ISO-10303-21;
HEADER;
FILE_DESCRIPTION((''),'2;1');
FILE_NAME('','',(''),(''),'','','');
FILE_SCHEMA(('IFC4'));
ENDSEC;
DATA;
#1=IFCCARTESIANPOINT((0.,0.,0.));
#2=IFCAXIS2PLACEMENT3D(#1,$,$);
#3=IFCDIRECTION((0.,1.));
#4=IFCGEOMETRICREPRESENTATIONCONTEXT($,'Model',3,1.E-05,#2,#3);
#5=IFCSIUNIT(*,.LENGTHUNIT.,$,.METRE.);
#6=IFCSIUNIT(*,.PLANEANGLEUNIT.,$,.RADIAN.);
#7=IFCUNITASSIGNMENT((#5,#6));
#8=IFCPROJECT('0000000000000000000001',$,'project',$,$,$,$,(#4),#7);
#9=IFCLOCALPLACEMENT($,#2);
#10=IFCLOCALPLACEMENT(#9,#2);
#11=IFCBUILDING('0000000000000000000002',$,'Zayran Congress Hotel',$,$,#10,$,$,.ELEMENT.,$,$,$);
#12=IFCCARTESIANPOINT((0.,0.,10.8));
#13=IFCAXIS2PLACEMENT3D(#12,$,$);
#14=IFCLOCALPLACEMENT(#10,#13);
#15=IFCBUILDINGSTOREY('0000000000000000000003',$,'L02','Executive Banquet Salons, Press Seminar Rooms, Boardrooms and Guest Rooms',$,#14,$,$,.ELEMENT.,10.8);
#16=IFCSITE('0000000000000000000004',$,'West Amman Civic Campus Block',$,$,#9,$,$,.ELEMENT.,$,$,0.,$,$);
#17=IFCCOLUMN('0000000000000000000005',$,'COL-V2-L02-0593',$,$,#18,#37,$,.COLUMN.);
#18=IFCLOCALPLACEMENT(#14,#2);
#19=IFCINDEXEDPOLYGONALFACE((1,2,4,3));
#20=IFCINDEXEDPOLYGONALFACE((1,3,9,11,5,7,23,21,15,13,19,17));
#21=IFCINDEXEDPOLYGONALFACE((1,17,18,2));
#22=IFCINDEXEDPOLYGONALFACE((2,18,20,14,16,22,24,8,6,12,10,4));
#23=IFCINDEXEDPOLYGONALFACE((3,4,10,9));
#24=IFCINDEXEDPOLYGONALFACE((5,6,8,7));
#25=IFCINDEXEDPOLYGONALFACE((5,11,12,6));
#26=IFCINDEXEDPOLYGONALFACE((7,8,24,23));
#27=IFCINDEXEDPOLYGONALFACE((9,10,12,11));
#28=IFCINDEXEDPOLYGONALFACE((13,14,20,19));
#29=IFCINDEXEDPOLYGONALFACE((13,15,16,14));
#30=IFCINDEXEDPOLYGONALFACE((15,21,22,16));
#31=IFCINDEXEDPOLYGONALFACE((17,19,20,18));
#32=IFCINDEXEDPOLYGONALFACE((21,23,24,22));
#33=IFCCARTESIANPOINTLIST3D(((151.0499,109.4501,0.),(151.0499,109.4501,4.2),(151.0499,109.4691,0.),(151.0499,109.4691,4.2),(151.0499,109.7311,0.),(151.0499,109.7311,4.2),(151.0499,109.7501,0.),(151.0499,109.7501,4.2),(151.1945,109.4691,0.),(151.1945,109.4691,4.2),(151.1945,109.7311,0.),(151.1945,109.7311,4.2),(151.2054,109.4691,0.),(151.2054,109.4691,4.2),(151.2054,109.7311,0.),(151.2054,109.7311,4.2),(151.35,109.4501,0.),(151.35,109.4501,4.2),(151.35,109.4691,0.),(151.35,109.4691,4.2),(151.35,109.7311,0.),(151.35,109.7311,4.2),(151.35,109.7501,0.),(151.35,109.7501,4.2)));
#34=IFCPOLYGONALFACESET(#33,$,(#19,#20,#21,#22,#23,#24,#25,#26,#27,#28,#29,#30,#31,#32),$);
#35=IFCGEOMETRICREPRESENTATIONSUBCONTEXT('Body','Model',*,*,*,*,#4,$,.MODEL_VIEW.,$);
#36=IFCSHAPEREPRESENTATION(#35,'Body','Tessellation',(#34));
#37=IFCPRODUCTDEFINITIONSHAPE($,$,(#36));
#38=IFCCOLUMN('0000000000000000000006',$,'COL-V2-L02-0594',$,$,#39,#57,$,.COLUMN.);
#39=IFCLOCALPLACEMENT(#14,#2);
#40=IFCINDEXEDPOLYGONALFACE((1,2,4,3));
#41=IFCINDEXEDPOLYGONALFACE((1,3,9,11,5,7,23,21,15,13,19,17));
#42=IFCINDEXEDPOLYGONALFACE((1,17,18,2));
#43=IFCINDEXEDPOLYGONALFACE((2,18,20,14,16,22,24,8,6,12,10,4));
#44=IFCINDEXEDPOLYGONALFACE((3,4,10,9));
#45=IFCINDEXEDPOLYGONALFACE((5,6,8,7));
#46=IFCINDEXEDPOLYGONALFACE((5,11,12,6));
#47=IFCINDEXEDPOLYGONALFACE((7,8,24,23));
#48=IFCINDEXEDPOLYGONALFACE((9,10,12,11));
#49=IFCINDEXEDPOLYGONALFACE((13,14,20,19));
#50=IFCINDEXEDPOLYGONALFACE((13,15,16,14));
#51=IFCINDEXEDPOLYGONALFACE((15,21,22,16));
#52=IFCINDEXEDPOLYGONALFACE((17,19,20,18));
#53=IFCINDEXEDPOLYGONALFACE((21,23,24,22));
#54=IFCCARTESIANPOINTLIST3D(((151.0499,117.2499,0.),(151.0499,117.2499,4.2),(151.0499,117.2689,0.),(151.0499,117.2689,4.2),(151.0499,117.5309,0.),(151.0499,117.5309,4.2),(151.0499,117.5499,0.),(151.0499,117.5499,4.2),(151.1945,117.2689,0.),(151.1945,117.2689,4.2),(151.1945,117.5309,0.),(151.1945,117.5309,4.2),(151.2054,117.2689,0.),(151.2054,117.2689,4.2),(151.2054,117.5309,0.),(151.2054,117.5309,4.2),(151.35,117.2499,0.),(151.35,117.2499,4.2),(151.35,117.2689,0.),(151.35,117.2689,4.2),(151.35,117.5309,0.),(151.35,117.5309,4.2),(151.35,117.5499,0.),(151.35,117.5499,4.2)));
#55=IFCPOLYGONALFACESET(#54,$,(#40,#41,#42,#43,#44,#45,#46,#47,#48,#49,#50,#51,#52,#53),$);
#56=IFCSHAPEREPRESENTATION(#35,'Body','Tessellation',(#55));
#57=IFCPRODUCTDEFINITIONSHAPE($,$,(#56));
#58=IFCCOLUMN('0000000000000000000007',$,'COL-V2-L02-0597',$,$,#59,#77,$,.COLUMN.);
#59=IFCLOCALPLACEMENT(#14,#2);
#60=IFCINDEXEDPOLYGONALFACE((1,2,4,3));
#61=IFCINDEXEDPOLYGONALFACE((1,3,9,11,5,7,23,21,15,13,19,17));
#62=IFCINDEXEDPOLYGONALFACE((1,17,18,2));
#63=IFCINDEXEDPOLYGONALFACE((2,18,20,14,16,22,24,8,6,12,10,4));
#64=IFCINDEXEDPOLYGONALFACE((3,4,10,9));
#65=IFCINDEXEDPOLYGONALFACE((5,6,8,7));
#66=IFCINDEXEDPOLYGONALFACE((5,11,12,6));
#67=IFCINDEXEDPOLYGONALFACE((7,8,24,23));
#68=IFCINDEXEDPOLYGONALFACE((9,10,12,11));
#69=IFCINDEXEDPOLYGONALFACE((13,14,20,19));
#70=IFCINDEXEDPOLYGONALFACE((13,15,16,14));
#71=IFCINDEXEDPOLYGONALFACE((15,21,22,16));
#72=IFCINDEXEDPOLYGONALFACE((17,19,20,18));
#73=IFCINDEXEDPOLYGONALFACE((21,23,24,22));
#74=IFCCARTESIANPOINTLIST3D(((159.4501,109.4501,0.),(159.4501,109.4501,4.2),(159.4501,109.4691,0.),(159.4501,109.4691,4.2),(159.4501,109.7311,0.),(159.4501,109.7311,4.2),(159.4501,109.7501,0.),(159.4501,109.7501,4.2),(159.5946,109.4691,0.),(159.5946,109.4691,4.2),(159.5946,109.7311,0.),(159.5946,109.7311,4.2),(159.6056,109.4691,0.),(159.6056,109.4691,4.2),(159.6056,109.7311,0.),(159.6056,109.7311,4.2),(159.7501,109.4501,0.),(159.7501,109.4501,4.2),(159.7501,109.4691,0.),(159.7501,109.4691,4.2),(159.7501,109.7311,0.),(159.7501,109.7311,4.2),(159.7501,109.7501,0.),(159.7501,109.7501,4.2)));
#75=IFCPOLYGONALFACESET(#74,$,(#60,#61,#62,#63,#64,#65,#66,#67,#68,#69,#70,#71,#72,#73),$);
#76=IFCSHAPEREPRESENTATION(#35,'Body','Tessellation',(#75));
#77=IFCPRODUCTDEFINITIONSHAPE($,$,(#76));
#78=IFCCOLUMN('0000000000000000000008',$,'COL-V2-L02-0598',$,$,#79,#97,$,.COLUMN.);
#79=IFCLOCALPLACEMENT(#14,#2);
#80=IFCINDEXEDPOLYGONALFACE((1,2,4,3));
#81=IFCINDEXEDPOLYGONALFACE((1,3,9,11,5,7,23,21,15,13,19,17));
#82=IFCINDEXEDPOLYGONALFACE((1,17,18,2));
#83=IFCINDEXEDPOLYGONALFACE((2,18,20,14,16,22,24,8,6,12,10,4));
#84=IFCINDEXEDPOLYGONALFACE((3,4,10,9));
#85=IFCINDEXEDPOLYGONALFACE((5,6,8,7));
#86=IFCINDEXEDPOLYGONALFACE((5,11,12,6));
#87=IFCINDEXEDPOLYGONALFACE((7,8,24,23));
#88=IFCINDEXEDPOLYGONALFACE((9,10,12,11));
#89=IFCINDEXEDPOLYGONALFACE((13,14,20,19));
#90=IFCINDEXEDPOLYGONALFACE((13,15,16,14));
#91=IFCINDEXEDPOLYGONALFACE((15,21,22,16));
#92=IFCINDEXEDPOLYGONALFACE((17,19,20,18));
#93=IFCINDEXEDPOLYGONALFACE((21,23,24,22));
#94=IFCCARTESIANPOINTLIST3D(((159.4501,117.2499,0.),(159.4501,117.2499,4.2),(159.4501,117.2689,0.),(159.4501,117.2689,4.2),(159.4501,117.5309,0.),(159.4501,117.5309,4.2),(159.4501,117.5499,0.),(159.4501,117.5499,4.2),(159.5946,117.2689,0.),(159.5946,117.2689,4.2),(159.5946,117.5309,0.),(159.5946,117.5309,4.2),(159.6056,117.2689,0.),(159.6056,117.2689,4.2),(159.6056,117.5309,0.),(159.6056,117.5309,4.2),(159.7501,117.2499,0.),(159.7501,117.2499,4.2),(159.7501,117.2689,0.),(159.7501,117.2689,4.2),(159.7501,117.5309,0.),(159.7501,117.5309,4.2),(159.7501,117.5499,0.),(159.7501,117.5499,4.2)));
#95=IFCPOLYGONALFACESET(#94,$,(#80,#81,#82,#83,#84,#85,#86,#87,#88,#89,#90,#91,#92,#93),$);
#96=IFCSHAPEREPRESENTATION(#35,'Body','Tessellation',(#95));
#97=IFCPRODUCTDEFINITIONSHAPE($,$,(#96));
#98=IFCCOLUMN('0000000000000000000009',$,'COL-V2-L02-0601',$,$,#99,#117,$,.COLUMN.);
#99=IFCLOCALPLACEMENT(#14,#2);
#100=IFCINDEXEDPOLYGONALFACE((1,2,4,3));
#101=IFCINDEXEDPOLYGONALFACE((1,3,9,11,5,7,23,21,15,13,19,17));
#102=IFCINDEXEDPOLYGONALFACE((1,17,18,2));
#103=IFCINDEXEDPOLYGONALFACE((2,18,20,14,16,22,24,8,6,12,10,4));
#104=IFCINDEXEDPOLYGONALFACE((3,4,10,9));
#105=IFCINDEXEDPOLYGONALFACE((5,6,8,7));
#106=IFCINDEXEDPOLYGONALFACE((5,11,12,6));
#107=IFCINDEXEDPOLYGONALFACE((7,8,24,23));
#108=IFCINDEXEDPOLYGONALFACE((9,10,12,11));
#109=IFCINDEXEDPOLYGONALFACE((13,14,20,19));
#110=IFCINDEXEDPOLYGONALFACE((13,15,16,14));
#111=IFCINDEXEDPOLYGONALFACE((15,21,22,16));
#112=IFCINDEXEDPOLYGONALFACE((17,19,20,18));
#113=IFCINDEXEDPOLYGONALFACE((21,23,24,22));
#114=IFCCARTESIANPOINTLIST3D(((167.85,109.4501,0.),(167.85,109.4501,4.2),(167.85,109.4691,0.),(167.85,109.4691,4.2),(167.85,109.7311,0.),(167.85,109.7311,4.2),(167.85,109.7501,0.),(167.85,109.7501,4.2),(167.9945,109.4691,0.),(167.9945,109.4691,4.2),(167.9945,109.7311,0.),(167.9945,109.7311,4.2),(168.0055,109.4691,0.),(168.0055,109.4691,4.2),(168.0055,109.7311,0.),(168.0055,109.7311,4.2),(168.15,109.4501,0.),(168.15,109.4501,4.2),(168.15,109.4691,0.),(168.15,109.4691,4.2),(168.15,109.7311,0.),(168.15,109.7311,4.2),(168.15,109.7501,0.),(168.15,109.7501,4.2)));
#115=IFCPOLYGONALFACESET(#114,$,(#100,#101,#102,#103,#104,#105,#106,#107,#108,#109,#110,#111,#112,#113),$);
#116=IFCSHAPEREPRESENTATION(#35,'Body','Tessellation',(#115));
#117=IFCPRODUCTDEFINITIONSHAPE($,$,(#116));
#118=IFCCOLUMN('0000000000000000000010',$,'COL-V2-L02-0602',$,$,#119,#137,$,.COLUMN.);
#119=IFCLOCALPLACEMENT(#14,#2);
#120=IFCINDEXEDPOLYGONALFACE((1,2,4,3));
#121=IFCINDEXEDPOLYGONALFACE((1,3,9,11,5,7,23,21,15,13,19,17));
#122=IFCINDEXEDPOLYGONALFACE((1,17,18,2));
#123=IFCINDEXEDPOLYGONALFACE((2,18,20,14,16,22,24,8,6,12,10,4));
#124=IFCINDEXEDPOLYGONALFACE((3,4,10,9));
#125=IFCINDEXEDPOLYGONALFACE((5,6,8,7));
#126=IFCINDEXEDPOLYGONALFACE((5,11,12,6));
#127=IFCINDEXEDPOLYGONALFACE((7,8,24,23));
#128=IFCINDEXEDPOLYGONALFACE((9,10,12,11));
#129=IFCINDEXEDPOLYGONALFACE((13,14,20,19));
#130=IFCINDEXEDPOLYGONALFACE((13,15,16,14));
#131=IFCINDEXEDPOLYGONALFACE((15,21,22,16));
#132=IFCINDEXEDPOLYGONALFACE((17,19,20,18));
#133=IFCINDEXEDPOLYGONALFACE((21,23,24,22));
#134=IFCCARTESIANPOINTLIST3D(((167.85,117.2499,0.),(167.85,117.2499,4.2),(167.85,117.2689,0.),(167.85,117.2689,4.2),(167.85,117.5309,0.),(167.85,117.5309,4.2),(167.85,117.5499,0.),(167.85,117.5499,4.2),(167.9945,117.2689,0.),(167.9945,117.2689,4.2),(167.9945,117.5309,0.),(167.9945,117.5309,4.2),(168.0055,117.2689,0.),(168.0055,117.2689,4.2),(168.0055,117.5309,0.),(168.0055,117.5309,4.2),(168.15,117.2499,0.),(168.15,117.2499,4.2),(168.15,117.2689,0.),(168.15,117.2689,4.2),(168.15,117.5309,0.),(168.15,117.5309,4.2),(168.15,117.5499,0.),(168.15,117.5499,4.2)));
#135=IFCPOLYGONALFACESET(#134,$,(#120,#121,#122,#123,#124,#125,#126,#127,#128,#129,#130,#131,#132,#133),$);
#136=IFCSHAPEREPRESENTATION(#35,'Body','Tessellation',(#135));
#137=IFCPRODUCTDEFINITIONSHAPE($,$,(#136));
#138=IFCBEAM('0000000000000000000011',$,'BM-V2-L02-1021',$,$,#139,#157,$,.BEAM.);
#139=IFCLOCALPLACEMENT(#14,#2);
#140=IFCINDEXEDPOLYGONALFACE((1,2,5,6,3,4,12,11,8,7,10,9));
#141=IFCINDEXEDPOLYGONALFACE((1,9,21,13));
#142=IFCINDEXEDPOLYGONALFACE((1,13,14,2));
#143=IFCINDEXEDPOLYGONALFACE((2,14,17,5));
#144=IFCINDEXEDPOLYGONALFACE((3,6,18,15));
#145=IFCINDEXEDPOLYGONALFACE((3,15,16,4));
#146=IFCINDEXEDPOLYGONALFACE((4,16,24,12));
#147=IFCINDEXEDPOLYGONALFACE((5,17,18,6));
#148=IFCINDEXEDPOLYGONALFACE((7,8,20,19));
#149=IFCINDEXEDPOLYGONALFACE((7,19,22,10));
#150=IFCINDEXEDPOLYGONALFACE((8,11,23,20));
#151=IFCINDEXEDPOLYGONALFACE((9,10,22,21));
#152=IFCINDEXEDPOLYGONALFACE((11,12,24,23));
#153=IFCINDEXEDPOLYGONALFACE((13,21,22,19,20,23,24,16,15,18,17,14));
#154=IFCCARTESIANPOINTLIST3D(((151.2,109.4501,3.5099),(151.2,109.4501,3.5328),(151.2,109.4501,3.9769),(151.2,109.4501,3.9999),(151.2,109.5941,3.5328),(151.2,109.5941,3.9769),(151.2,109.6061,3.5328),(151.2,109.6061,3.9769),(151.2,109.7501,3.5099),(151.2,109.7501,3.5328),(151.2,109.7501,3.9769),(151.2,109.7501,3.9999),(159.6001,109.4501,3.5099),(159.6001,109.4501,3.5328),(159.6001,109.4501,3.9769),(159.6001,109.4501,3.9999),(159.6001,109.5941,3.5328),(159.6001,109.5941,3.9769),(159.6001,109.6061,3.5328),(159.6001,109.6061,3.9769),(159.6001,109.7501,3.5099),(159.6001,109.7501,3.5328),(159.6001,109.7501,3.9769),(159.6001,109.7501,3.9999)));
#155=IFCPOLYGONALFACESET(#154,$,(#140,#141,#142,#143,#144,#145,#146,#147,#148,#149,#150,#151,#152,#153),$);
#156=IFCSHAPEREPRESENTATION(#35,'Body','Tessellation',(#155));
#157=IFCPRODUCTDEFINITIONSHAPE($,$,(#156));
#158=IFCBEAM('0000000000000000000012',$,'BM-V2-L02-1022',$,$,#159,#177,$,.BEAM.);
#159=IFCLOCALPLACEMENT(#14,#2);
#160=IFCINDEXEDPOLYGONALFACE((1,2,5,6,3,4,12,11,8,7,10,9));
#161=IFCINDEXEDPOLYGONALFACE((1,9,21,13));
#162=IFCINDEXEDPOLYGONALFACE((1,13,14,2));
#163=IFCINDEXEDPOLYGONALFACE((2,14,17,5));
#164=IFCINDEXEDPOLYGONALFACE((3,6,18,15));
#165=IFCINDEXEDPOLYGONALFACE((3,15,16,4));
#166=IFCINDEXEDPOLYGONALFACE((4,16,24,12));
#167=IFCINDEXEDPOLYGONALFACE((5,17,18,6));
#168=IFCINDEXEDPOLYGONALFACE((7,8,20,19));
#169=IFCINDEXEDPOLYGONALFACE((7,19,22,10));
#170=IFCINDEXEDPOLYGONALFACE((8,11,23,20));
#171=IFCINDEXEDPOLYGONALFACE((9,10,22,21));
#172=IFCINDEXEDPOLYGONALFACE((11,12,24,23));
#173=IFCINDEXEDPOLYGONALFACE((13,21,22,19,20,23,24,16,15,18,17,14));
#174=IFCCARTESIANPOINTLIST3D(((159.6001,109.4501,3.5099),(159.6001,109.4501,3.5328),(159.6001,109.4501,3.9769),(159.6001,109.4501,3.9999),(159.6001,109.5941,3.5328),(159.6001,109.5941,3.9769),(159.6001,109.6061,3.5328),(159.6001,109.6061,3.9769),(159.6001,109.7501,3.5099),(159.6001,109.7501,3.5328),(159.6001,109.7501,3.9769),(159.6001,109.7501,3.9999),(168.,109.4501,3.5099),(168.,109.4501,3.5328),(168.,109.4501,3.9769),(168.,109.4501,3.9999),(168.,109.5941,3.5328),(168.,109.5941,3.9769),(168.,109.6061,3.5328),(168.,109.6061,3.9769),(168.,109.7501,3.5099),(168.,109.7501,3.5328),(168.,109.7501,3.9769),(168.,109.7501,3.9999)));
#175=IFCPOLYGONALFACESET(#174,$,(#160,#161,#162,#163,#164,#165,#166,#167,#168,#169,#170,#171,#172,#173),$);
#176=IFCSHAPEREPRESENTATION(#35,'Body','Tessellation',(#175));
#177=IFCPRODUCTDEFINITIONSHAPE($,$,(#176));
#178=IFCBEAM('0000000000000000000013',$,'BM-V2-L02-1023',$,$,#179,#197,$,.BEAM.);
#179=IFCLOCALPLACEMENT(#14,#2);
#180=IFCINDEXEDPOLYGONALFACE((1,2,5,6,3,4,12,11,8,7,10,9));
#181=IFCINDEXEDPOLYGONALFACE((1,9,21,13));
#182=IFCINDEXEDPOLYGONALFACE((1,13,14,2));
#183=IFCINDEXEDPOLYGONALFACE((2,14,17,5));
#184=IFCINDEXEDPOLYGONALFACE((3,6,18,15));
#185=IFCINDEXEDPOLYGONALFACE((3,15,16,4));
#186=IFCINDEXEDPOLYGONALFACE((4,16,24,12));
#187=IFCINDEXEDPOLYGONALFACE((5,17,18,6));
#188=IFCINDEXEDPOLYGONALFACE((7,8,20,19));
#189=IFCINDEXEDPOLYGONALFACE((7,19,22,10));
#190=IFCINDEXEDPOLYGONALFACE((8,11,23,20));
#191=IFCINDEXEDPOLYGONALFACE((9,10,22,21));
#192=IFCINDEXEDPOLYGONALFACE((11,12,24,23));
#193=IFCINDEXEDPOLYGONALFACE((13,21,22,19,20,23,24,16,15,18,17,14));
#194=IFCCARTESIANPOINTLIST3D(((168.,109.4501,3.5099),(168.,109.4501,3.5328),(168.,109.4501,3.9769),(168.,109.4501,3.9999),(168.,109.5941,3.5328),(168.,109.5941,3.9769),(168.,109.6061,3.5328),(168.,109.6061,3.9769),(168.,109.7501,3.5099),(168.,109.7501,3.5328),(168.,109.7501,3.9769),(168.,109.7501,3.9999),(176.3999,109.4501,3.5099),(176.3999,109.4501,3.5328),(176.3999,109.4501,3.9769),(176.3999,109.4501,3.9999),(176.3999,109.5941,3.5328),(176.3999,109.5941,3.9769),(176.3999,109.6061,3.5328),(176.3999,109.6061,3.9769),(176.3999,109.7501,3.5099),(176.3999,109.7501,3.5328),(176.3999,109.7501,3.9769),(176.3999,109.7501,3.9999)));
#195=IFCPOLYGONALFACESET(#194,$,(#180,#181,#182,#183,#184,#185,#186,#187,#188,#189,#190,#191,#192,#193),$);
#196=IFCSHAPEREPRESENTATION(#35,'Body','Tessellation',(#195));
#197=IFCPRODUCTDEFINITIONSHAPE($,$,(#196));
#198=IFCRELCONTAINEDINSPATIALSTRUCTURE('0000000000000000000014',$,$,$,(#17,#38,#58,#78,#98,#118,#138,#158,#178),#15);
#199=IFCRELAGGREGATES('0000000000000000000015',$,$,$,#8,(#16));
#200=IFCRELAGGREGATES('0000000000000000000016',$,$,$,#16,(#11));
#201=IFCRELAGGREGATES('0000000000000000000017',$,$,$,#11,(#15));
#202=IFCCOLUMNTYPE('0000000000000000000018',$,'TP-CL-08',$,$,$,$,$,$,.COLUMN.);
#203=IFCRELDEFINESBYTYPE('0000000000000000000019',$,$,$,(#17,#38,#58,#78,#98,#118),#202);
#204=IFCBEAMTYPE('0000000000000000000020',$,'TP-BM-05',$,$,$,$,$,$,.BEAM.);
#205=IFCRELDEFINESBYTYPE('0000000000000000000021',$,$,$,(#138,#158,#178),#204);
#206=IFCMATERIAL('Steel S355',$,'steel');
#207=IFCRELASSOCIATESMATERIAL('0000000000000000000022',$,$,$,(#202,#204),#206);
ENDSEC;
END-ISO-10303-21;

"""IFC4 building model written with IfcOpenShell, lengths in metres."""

from ifc_helpers import new_model, si_unit, direction, frame, origin, origin_2d, place, context, subcontext, project, spatial, i_section, extrude, material, material_profile, profile_set, type_object, element, save


model = new_model("IFC4")

# Units and contexts
model_context = context("Model", 3, precision=1e-05, world=origin(), true_north=direction((0.0, 1.0)))
body_context = subcontext(model_context, "Body", "Model", "MODEL_VIEW")
ifc_project = project(units=[si_unit("LENGTHUNIT", "METRE"), si_unit("PLANEANGLEUNIT", "RADIAN")], contexts=[model_context])

# Site, building, storey
site_placement = place(None, origin())
site = spatial("IfcSite", under=ifc_project, at=site_placement, Name="West Amman Civic Campus Block", CompositionType="ELEMENT", RefElevation=0.0)
building_placement = place(site_placement, origin())
building = spatial("IfcBuilding", under=site, at=building_placement, Name="Zayran Congress Hotel", CompositionType="ELEMENT")
storey_placement = place(building_placement, frame((0.0, 0.0, 10.8)))
storey = spatial("IfcBuildingStorey", under=building, at=storey_placement, Name="L02", Description="Executive Banquet Salons, Press Seminar Rooms, Boardrooms and Guest Rooms", CompositionType="ELEMENT", Elevation=10.8)

# Columns
ifc_material_1 = material(Name="Steel S355", Category="steel")
ifc_material_profile_1 = material_profile(ifc_material_1, i_section(OverallWidth=0.3, OverallDepth=0.3, WebThickness=0.011, FlangeThickness=0.019, at=origin_2d()), Name="HEB 300")
ifc_profile_set_1 = profile_set([ifc_material_profile_1], Name="Steel S355")
column_type = type_object("IfcColumnType", Name="TP-CL-08", PredefinedType="COLUMN", material=ifc_profile_set_1)
for number, where, z_axis, x_axis, name in (
    (1, (151.2, 109.6001, 0.0), (0.0, 0.0, 1.0), (1.0, 0.0, 0.0), "COL-V2-L02-0593"),
    (2, (151.2, 117.3999, 0.0), (0.0, 0.0, 1.0), (1.0, 0.0, 0.0), "COL-V2-L02-0594"),
    (3, (159.6001, 109.6001, 0.0), (0.0, 0.0, 1.0), (1.0, 0.0, 0.0), "COL-V2-L02-0597"),
    (4, (159.6001, 117.3999, 0.0), (0.0, 0.0, 1.0), (1.0, 0.0, 0.0), "COL-V2-L02-0598"),
    (5, (168.0, 109.6001, 0.0), (0.0, 0.0, 1.0), (1.0, 0.0, 0.0), "COL-V2-L02-0601"),
    (6, (168.0, 117.3999, 0.0), (0.0, 0.0, 1.0), (1.0, 0.0, 0.0), "COL-V2-L02-0602"),
):
    element("IfcColumn", number, at=place(storey_placement, frame(where, z_axis=z_axis, x_axis=x_axis)), inside=storey, type_object=column_type, Name=name, PredefinedType="COLUMN", context=body_context, shape_type="SweptSolid", body=[
        extrude(i_section(OverallWidth=0.3, OverallDepth=0.3, WebThickness=0.011, FlangeThickness=0.019, at=origin_2d()), origin(), (0.0, 0.0, 1.0), 4.2),
    ])

# Beams
ifc_material_profile_2 = material_profile(ifc_material_1, i_section(OverallWidth=0.3, OverallDepth=0.49, WebThickness=0.012, FlangeThickness=0.0229, at=origin_2d()), Name="HEA 500")
ifc_profile_set_2 = profile_set([ifc_material_profile_2], Name="Steel S355")
beam_type_1 = type_object("IfcBeamType", Name="TP-BM-05", PredefinedType="BEAM", material=ifc_profile_set_2)
beam_1_placement = place(storey_placement, frame((151.2, 109.6001, 3.7549), z_axis=(1.0, 0.0, 0.0), x_axis=(0.0, 1.0, 0.0)))
element("IfcBeam", 7, at=beam_1_placement, inside=storey, type_object=beam_type_1, Name="BM-V2-L02-1021", PredefinedType="BEAM", context=body_context, shape_type="SweptSolid", body=[
    extrude(i_section(OverallWidth=0.3, OverallDepth=0.49, WebThickness=0.012, FlangeThickness=0.0229, at=origin_2d()), origin(), (0.0, 0.0, 1.0), 8.4001),
])
for number, where, z_axis, x_axis, name in (
    (8, (159.6001, 109.6001, 3.7549), (1.0, 0.0, 0.0), (0.0, 1.0, 0.0), "BM-V2-L02-1022"),
    (9, (168.0, 109.6001, 3.7549), (1.0, 0.0, 0.0), (0.0, 1.0, 0.0), "BM-V2-L02-1023"),
):
    element("IfcBeam", number, at=place(storey_placement, frame(where, z_axis=z_axis, x_axis=x_axis)), inside=storey, type_object=beam_type_1, Name=name, PredefinedType="BEAM", context=body_context, shape_type="SweptSolid", body=[
        extrude(i_section(OverallWidth=0.3, OverallDepth=0.49, WebThickness=0.012, FlangeThickness=0.0229, at=origin_2d()), origin(), (0.0, 0.0, 1.0), 8.3999),
    ])

save(model, "model.ifc")
